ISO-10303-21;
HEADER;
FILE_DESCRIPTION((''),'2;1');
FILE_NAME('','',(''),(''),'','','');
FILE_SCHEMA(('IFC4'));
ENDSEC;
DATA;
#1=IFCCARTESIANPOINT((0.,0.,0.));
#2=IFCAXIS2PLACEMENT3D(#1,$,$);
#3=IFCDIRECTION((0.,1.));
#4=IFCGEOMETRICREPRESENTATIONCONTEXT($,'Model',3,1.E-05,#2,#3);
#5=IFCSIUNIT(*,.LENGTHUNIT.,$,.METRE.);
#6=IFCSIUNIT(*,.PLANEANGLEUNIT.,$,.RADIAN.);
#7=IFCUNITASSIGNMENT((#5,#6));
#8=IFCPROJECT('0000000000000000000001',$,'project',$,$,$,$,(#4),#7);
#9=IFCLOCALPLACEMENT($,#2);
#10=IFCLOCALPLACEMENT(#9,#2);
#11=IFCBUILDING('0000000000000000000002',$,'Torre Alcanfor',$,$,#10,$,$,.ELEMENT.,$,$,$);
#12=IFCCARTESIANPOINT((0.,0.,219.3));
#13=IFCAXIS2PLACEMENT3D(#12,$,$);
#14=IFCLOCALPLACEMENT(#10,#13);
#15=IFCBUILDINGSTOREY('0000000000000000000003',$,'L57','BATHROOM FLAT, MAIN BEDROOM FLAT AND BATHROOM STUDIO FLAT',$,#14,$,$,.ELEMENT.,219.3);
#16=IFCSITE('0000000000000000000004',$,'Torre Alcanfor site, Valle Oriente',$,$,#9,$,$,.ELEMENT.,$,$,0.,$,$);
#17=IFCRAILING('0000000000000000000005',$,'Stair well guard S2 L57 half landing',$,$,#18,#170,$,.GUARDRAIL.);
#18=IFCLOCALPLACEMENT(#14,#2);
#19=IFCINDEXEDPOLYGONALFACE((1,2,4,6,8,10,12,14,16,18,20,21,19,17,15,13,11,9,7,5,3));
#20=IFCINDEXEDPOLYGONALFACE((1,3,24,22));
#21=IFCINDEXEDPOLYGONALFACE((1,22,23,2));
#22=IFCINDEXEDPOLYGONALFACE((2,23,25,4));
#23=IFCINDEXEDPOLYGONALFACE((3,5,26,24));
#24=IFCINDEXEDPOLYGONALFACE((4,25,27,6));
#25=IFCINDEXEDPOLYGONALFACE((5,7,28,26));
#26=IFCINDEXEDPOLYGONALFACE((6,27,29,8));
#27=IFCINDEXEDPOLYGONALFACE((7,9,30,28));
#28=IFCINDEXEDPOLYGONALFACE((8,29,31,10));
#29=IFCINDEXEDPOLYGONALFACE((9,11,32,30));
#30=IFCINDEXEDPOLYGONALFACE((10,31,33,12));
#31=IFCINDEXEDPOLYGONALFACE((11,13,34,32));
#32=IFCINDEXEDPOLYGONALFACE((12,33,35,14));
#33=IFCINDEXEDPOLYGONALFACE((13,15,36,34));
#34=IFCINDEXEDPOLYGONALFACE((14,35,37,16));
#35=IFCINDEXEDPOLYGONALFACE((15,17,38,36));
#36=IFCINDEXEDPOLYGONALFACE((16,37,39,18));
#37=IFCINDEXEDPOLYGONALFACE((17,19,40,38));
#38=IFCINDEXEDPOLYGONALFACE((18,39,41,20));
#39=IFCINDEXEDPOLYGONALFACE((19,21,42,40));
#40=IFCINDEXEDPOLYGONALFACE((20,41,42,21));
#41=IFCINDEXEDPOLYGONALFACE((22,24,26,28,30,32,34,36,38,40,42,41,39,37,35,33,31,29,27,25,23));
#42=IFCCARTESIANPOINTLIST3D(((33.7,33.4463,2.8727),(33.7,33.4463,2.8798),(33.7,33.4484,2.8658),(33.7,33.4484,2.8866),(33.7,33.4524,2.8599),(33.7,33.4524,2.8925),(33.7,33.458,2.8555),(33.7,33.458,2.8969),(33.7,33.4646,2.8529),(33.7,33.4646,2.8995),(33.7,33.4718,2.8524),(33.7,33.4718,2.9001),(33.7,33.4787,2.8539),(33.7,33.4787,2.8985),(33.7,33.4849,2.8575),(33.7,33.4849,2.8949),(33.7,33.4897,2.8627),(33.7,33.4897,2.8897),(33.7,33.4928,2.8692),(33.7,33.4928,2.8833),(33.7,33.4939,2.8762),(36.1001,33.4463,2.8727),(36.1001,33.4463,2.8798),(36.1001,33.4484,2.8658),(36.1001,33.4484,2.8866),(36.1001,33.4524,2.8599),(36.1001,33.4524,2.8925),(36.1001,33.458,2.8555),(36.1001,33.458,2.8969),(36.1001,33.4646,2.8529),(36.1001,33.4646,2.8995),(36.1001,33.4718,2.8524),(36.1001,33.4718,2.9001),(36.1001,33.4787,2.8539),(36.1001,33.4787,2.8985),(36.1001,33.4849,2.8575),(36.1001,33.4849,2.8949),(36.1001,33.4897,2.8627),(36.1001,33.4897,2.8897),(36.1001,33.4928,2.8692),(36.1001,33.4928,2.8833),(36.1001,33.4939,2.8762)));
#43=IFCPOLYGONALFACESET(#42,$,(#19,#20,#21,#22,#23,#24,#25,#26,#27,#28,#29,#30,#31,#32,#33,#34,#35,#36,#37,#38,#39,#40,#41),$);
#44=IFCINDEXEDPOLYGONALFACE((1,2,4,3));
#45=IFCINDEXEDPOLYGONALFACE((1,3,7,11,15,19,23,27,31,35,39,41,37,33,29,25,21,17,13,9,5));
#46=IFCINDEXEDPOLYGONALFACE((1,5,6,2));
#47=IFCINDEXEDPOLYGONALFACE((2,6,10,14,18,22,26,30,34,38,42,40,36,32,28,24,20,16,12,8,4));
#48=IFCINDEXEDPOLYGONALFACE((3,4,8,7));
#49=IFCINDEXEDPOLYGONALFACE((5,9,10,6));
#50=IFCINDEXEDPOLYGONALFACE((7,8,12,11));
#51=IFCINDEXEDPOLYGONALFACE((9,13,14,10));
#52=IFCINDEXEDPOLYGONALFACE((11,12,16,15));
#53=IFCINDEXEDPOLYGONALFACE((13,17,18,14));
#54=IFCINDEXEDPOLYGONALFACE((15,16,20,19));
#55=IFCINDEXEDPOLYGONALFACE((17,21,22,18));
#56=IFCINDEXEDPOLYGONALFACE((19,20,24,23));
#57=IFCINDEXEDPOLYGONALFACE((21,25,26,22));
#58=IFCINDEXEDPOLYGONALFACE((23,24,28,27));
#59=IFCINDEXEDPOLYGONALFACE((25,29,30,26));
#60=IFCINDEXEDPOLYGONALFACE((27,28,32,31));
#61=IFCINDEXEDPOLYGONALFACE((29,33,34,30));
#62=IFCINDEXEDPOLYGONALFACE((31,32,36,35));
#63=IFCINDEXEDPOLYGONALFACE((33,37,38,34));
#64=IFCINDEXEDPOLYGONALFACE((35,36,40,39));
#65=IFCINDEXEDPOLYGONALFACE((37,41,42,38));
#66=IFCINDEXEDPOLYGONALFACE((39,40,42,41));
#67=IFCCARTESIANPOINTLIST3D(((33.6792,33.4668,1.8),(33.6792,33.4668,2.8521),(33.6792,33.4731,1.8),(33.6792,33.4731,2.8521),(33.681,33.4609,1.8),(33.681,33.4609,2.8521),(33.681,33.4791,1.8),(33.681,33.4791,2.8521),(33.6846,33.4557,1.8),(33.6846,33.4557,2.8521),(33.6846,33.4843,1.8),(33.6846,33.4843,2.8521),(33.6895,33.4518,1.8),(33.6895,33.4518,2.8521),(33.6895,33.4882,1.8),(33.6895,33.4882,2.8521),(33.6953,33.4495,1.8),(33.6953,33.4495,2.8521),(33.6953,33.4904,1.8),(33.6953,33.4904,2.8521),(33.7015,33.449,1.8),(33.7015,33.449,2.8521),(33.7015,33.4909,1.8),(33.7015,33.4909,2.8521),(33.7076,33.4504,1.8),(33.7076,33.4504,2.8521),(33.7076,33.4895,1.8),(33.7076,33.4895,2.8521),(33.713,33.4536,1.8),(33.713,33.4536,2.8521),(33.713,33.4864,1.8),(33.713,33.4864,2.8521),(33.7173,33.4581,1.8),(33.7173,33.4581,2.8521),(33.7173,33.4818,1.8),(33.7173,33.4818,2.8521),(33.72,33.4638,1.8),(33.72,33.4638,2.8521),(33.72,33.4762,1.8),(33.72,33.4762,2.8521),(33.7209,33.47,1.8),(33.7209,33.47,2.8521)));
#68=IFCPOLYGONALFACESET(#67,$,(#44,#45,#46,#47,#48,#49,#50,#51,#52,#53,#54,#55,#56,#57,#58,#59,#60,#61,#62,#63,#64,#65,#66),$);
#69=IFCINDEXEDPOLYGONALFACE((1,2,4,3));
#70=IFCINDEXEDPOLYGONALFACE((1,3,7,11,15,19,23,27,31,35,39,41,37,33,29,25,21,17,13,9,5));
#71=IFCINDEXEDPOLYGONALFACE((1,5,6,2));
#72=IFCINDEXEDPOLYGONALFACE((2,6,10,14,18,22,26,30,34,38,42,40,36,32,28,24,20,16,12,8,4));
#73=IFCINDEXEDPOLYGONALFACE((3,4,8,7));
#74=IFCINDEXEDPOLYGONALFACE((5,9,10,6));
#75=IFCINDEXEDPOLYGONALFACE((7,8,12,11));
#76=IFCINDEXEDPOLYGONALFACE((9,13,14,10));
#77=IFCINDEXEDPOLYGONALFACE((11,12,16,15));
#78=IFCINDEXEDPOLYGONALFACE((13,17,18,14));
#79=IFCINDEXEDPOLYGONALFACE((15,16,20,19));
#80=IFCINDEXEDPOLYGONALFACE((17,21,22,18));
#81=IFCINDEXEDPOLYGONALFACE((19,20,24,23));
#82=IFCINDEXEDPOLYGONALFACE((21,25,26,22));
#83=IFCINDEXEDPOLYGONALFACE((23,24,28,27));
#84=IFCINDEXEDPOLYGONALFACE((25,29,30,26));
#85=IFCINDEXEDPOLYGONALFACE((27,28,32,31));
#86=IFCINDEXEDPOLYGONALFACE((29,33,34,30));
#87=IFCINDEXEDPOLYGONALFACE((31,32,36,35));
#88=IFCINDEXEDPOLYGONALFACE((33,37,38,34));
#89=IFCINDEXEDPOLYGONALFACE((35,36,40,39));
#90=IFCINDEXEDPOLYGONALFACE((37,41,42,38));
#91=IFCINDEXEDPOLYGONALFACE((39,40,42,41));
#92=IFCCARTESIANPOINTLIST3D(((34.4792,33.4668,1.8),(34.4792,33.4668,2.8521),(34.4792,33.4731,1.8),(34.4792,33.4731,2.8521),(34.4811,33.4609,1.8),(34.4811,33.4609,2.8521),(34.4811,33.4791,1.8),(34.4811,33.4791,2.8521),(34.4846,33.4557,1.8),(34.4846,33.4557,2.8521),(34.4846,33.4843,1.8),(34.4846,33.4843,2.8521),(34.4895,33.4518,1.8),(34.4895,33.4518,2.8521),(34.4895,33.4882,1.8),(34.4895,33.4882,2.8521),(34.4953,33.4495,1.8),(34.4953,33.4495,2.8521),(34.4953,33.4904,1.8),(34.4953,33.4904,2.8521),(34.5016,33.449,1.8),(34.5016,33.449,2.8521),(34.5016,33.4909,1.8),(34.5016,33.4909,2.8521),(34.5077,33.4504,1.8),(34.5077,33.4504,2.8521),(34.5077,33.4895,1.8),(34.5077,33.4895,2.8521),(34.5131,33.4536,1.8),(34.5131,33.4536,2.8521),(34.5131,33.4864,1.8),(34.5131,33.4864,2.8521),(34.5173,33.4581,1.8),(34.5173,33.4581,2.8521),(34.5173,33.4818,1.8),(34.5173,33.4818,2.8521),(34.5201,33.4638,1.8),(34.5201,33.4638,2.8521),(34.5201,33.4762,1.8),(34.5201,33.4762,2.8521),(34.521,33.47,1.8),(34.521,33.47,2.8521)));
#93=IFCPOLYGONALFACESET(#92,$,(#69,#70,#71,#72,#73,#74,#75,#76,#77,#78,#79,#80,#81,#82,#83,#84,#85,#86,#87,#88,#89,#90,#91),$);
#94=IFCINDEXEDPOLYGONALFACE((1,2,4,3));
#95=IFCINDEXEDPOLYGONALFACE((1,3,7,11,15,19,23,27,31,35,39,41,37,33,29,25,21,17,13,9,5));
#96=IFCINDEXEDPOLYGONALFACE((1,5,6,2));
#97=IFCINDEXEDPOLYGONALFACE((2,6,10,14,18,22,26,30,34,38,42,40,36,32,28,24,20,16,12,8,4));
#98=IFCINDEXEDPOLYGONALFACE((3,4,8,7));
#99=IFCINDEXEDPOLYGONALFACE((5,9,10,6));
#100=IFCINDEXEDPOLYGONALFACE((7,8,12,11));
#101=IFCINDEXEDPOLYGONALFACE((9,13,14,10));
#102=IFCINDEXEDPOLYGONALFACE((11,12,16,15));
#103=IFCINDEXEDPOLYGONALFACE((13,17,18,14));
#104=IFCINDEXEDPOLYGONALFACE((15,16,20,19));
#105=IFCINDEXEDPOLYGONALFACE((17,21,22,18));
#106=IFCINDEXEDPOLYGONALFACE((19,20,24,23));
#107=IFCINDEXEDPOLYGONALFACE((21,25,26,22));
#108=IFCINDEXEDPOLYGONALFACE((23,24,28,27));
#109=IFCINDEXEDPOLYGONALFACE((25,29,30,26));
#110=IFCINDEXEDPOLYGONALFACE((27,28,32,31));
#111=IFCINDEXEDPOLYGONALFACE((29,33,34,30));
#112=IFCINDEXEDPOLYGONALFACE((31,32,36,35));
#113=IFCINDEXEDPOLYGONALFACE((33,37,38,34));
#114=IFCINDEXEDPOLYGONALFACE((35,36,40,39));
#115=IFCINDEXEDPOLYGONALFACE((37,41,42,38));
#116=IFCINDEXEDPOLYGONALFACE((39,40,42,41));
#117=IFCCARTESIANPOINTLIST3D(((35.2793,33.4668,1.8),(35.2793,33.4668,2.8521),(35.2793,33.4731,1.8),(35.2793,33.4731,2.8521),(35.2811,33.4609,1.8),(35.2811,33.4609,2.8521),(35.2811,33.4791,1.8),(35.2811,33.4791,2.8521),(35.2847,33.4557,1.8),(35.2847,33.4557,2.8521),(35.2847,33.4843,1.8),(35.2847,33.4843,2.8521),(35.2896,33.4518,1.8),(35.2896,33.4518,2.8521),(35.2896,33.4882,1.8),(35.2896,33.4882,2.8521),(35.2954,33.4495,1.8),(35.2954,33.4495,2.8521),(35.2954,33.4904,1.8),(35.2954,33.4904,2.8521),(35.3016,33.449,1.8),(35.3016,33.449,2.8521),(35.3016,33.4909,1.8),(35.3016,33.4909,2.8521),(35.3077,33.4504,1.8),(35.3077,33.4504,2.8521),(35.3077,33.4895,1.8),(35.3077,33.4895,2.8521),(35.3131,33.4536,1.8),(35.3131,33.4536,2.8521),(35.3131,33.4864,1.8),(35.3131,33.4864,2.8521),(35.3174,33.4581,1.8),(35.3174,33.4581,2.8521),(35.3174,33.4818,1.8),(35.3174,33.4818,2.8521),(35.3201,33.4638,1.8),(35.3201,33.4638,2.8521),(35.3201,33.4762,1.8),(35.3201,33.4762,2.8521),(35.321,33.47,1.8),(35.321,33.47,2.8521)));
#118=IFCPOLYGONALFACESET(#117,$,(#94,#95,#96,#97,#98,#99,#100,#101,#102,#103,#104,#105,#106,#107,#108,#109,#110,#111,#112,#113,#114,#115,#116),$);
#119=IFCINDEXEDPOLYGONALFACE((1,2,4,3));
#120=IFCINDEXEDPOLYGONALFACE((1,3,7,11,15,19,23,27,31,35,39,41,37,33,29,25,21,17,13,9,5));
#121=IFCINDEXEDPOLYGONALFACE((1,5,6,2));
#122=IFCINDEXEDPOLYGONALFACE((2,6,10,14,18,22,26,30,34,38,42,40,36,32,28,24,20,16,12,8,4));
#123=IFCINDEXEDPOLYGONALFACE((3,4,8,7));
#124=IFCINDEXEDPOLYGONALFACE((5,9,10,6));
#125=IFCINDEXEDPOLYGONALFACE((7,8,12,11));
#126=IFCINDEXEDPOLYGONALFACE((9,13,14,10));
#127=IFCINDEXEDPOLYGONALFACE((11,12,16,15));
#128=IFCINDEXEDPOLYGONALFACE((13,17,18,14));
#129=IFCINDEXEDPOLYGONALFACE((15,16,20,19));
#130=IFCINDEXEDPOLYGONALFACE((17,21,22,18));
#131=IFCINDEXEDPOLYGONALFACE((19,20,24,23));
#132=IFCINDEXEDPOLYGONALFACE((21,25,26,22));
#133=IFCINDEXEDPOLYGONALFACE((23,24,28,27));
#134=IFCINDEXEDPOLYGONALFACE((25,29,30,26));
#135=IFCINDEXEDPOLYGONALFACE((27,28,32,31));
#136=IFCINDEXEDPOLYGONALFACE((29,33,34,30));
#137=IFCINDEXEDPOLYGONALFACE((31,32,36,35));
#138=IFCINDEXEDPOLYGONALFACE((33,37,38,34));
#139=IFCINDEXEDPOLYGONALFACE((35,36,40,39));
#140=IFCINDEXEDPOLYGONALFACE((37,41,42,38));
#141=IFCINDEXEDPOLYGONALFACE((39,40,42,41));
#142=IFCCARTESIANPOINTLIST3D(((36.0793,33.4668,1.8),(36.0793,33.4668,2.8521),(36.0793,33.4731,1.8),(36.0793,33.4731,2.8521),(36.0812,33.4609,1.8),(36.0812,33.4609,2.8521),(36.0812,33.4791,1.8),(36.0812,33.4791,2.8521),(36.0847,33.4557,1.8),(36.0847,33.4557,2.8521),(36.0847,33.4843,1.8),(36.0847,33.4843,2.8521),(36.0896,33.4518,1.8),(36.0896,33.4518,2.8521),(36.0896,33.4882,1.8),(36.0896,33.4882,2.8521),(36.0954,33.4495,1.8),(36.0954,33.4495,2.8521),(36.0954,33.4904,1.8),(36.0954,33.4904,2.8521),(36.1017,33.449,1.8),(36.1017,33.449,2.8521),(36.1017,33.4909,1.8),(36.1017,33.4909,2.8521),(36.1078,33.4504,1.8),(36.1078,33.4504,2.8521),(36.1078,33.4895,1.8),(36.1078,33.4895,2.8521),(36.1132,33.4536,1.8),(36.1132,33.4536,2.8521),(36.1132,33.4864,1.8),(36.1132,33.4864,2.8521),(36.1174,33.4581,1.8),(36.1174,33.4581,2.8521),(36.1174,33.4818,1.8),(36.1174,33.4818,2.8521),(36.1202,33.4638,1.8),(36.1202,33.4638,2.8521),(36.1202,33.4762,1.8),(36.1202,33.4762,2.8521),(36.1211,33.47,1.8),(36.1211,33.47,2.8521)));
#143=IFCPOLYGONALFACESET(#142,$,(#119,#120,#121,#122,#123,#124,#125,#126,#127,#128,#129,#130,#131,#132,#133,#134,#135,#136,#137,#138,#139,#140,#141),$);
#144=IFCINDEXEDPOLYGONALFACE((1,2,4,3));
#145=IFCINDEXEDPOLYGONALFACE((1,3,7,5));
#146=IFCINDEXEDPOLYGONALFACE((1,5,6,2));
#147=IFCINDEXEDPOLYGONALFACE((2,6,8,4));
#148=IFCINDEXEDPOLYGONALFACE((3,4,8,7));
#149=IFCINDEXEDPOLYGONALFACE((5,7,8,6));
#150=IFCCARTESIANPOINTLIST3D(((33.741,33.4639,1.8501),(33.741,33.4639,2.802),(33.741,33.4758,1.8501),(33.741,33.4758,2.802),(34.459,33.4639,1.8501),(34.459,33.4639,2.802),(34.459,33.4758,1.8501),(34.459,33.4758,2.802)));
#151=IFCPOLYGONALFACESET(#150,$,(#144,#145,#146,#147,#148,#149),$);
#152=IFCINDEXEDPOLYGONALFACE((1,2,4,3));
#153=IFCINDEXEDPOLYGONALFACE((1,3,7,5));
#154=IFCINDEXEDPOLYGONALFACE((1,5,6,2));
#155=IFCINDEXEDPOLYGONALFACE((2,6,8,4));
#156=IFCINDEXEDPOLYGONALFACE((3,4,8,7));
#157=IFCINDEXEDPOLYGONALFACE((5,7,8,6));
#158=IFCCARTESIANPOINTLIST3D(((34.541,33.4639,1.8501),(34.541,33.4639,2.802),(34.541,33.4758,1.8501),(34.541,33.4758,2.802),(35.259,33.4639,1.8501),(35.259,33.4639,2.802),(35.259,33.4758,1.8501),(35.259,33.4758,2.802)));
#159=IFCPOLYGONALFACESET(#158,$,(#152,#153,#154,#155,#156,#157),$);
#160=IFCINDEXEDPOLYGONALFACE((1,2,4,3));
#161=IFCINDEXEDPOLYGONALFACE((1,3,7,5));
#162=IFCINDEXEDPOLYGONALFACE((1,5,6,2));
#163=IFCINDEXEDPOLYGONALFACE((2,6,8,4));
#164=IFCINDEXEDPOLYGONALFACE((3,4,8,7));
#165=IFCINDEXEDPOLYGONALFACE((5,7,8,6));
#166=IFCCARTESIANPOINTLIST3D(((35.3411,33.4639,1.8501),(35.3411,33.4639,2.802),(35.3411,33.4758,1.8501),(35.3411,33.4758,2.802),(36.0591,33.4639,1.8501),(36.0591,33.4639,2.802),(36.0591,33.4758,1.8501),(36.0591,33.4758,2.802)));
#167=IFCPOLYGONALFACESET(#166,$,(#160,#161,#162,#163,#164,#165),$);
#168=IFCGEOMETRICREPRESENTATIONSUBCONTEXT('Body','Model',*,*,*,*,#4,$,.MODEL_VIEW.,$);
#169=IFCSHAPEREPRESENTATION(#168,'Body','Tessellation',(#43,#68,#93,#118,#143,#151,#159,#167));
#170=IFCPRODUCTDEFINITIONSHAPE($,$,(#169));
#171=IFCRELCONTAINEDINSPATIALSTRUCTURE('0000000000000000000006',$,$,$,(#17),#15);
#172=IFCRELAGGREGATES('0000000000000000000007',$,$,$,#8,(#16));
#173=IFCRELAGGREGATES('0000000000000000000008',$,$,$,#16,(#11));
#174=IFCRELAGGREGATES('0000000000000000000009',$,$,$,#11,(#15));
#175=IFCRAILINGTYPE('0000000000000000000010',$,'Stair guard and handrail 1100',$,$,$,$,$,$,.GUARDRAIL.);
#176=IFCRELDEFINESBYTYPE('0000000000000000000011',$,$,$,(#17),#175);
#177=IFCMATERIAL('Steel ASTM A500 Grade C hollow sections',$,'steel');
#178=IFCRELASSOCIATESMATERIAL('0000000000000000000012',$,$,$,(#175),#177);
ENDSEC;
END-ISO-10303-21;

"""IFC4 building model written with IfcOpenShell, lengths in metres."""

from ifc_helpers import new_model, si_unit, direction, frame, origin, origin_2d, place, context, subcontext, project, spatial, polyline, circle, outline, extrude, material, type_object, element, save


model = new_model("IFC4")

# Units and contexts
model_context = context("Model", 3, precision=1e-05, world=origin(), true_north=direction((0.0, 1.0)))
body_context = subcontext(model_context, "Body", "Model", "MODEL_VIEW")
ifc_project = project(units=[si_unit("LENGTHUNIT", "METRE"), si_unit("PLANEANGLEUNIT", "RADIAN")], contexts=[model_context])

# Site, building, storey
site_placement = place(None, origin())
site = spatial("IfcSite", under=ifc_project, at=site_placement, Name="Torre Alcanfor site, Valle Oriente", CompositionType="ELEMENT", RefElevation=0.0)
building_placement = place(site_placement, origin())
building = spatial("IfcBuilding", under=site, at=building_placement, Name="Torre Alcanfor", CompositionType="ELEMENT")
storey_placement = place(building_placement, frame((0.0, 0.0, 219.3)))
storey = spatial("IfcBuildingStorey", under=building, at=storey_placement, Name="L57", Description="BATHROOM FLAT, MAIN BEDROOM FLAT AND BATHROOM STUDIO FLAT", CompositionType="ELEMENT", Elevation=219.3)

# Railing
ifc_material_1 = material(Name="Steel ASTM A500 Grade C hollow sections", Category="steel")
railing_type_1 = type_object("IfcRailingType", Name="Stair guard and handrail 1100", PredefinedType="GUARDRAIL", material=ifc_material_1)
for number, where, name in (
    (1, (33.7, 33.47, 1.8), "Stair well guard S2 L57 half landing"),
):
    element("IfcRailing", number, at=place(storey_placement, frame(where)), inside=storey, type_object=railing_type_1, Name=name, PredefinedType="GUARDRAIL", context=body_context, shape_type="SweptSolid", body=[
        extrude(circle(Radius=0.0239, at=origin_2d()), frame((0.0, 0.0, 1.0762), z_axis=(1.0, 0.0, 0.0), x_axis=(0.0, 1.0, 0.0)), (0.0, 0.0, 1.0), 2.4001),
        extrude(circle(Radius=0.021, at=origin_2d()), origin(), (0.0, 0.0, 1.0), 1.052),
        extrude(circle(Radius=0.021, at=origin_2d()), frame((0.8, 0.0, 0.0)), (0.0, 0.0, 1.0), 1.052),
        extrude(circle(Radius=0.021, at=origin_2d()), frame((1.6001, 0.0, 0.0)), (0.0, 0.0, 1.0), 1.052),
        extrude(circle(Radius=0.021, at=origin_2d()), frame((2.4001, 0.0, 0.0)), (0.0, 0.0, 1.0), 1.052),
        extrude(outline(polyline([(0.041, 0.05), (0.759, 0.05), (0.759, 1.002), (0.041, 1.002), (0.041, 0.05)])), frame((0.0, 0.0059, 0.0), z_axis=(0.0, -1.0, 0.0), x_axis=(1.0, 0.0, 0.0)), (0.0, 0.0, 1.0), 0.012),
        extrude(outline(polyline([(0.8411, 0.05), (1.5591, 0.05), (1.5591, 1.002), (0.8411, 1.002), (0.8411, 0.05)])), frame((0.0, 0.0059, 0.0), z_axis=(0.0, -1.0, 0.0), x_axis=(1.0, 0.0, 0.0)), (0.0, 0.0, 1.0), 0.012),
        extrude(outline(polyline([(1.6411, 0.05), (2.3591, 0.05), (2.3591, 1.002), (1.6411, 1.002), (1.6411, 0.05)])), frame((0.0, 0.0059, 0.0), z_axis=(0.0, -1.0, 0.0), x_axis=(1.0, 0.0, 0.0)), (0.0, 0.0, 1.0), 0.012),
    ])

save(model, "model.ifc")
